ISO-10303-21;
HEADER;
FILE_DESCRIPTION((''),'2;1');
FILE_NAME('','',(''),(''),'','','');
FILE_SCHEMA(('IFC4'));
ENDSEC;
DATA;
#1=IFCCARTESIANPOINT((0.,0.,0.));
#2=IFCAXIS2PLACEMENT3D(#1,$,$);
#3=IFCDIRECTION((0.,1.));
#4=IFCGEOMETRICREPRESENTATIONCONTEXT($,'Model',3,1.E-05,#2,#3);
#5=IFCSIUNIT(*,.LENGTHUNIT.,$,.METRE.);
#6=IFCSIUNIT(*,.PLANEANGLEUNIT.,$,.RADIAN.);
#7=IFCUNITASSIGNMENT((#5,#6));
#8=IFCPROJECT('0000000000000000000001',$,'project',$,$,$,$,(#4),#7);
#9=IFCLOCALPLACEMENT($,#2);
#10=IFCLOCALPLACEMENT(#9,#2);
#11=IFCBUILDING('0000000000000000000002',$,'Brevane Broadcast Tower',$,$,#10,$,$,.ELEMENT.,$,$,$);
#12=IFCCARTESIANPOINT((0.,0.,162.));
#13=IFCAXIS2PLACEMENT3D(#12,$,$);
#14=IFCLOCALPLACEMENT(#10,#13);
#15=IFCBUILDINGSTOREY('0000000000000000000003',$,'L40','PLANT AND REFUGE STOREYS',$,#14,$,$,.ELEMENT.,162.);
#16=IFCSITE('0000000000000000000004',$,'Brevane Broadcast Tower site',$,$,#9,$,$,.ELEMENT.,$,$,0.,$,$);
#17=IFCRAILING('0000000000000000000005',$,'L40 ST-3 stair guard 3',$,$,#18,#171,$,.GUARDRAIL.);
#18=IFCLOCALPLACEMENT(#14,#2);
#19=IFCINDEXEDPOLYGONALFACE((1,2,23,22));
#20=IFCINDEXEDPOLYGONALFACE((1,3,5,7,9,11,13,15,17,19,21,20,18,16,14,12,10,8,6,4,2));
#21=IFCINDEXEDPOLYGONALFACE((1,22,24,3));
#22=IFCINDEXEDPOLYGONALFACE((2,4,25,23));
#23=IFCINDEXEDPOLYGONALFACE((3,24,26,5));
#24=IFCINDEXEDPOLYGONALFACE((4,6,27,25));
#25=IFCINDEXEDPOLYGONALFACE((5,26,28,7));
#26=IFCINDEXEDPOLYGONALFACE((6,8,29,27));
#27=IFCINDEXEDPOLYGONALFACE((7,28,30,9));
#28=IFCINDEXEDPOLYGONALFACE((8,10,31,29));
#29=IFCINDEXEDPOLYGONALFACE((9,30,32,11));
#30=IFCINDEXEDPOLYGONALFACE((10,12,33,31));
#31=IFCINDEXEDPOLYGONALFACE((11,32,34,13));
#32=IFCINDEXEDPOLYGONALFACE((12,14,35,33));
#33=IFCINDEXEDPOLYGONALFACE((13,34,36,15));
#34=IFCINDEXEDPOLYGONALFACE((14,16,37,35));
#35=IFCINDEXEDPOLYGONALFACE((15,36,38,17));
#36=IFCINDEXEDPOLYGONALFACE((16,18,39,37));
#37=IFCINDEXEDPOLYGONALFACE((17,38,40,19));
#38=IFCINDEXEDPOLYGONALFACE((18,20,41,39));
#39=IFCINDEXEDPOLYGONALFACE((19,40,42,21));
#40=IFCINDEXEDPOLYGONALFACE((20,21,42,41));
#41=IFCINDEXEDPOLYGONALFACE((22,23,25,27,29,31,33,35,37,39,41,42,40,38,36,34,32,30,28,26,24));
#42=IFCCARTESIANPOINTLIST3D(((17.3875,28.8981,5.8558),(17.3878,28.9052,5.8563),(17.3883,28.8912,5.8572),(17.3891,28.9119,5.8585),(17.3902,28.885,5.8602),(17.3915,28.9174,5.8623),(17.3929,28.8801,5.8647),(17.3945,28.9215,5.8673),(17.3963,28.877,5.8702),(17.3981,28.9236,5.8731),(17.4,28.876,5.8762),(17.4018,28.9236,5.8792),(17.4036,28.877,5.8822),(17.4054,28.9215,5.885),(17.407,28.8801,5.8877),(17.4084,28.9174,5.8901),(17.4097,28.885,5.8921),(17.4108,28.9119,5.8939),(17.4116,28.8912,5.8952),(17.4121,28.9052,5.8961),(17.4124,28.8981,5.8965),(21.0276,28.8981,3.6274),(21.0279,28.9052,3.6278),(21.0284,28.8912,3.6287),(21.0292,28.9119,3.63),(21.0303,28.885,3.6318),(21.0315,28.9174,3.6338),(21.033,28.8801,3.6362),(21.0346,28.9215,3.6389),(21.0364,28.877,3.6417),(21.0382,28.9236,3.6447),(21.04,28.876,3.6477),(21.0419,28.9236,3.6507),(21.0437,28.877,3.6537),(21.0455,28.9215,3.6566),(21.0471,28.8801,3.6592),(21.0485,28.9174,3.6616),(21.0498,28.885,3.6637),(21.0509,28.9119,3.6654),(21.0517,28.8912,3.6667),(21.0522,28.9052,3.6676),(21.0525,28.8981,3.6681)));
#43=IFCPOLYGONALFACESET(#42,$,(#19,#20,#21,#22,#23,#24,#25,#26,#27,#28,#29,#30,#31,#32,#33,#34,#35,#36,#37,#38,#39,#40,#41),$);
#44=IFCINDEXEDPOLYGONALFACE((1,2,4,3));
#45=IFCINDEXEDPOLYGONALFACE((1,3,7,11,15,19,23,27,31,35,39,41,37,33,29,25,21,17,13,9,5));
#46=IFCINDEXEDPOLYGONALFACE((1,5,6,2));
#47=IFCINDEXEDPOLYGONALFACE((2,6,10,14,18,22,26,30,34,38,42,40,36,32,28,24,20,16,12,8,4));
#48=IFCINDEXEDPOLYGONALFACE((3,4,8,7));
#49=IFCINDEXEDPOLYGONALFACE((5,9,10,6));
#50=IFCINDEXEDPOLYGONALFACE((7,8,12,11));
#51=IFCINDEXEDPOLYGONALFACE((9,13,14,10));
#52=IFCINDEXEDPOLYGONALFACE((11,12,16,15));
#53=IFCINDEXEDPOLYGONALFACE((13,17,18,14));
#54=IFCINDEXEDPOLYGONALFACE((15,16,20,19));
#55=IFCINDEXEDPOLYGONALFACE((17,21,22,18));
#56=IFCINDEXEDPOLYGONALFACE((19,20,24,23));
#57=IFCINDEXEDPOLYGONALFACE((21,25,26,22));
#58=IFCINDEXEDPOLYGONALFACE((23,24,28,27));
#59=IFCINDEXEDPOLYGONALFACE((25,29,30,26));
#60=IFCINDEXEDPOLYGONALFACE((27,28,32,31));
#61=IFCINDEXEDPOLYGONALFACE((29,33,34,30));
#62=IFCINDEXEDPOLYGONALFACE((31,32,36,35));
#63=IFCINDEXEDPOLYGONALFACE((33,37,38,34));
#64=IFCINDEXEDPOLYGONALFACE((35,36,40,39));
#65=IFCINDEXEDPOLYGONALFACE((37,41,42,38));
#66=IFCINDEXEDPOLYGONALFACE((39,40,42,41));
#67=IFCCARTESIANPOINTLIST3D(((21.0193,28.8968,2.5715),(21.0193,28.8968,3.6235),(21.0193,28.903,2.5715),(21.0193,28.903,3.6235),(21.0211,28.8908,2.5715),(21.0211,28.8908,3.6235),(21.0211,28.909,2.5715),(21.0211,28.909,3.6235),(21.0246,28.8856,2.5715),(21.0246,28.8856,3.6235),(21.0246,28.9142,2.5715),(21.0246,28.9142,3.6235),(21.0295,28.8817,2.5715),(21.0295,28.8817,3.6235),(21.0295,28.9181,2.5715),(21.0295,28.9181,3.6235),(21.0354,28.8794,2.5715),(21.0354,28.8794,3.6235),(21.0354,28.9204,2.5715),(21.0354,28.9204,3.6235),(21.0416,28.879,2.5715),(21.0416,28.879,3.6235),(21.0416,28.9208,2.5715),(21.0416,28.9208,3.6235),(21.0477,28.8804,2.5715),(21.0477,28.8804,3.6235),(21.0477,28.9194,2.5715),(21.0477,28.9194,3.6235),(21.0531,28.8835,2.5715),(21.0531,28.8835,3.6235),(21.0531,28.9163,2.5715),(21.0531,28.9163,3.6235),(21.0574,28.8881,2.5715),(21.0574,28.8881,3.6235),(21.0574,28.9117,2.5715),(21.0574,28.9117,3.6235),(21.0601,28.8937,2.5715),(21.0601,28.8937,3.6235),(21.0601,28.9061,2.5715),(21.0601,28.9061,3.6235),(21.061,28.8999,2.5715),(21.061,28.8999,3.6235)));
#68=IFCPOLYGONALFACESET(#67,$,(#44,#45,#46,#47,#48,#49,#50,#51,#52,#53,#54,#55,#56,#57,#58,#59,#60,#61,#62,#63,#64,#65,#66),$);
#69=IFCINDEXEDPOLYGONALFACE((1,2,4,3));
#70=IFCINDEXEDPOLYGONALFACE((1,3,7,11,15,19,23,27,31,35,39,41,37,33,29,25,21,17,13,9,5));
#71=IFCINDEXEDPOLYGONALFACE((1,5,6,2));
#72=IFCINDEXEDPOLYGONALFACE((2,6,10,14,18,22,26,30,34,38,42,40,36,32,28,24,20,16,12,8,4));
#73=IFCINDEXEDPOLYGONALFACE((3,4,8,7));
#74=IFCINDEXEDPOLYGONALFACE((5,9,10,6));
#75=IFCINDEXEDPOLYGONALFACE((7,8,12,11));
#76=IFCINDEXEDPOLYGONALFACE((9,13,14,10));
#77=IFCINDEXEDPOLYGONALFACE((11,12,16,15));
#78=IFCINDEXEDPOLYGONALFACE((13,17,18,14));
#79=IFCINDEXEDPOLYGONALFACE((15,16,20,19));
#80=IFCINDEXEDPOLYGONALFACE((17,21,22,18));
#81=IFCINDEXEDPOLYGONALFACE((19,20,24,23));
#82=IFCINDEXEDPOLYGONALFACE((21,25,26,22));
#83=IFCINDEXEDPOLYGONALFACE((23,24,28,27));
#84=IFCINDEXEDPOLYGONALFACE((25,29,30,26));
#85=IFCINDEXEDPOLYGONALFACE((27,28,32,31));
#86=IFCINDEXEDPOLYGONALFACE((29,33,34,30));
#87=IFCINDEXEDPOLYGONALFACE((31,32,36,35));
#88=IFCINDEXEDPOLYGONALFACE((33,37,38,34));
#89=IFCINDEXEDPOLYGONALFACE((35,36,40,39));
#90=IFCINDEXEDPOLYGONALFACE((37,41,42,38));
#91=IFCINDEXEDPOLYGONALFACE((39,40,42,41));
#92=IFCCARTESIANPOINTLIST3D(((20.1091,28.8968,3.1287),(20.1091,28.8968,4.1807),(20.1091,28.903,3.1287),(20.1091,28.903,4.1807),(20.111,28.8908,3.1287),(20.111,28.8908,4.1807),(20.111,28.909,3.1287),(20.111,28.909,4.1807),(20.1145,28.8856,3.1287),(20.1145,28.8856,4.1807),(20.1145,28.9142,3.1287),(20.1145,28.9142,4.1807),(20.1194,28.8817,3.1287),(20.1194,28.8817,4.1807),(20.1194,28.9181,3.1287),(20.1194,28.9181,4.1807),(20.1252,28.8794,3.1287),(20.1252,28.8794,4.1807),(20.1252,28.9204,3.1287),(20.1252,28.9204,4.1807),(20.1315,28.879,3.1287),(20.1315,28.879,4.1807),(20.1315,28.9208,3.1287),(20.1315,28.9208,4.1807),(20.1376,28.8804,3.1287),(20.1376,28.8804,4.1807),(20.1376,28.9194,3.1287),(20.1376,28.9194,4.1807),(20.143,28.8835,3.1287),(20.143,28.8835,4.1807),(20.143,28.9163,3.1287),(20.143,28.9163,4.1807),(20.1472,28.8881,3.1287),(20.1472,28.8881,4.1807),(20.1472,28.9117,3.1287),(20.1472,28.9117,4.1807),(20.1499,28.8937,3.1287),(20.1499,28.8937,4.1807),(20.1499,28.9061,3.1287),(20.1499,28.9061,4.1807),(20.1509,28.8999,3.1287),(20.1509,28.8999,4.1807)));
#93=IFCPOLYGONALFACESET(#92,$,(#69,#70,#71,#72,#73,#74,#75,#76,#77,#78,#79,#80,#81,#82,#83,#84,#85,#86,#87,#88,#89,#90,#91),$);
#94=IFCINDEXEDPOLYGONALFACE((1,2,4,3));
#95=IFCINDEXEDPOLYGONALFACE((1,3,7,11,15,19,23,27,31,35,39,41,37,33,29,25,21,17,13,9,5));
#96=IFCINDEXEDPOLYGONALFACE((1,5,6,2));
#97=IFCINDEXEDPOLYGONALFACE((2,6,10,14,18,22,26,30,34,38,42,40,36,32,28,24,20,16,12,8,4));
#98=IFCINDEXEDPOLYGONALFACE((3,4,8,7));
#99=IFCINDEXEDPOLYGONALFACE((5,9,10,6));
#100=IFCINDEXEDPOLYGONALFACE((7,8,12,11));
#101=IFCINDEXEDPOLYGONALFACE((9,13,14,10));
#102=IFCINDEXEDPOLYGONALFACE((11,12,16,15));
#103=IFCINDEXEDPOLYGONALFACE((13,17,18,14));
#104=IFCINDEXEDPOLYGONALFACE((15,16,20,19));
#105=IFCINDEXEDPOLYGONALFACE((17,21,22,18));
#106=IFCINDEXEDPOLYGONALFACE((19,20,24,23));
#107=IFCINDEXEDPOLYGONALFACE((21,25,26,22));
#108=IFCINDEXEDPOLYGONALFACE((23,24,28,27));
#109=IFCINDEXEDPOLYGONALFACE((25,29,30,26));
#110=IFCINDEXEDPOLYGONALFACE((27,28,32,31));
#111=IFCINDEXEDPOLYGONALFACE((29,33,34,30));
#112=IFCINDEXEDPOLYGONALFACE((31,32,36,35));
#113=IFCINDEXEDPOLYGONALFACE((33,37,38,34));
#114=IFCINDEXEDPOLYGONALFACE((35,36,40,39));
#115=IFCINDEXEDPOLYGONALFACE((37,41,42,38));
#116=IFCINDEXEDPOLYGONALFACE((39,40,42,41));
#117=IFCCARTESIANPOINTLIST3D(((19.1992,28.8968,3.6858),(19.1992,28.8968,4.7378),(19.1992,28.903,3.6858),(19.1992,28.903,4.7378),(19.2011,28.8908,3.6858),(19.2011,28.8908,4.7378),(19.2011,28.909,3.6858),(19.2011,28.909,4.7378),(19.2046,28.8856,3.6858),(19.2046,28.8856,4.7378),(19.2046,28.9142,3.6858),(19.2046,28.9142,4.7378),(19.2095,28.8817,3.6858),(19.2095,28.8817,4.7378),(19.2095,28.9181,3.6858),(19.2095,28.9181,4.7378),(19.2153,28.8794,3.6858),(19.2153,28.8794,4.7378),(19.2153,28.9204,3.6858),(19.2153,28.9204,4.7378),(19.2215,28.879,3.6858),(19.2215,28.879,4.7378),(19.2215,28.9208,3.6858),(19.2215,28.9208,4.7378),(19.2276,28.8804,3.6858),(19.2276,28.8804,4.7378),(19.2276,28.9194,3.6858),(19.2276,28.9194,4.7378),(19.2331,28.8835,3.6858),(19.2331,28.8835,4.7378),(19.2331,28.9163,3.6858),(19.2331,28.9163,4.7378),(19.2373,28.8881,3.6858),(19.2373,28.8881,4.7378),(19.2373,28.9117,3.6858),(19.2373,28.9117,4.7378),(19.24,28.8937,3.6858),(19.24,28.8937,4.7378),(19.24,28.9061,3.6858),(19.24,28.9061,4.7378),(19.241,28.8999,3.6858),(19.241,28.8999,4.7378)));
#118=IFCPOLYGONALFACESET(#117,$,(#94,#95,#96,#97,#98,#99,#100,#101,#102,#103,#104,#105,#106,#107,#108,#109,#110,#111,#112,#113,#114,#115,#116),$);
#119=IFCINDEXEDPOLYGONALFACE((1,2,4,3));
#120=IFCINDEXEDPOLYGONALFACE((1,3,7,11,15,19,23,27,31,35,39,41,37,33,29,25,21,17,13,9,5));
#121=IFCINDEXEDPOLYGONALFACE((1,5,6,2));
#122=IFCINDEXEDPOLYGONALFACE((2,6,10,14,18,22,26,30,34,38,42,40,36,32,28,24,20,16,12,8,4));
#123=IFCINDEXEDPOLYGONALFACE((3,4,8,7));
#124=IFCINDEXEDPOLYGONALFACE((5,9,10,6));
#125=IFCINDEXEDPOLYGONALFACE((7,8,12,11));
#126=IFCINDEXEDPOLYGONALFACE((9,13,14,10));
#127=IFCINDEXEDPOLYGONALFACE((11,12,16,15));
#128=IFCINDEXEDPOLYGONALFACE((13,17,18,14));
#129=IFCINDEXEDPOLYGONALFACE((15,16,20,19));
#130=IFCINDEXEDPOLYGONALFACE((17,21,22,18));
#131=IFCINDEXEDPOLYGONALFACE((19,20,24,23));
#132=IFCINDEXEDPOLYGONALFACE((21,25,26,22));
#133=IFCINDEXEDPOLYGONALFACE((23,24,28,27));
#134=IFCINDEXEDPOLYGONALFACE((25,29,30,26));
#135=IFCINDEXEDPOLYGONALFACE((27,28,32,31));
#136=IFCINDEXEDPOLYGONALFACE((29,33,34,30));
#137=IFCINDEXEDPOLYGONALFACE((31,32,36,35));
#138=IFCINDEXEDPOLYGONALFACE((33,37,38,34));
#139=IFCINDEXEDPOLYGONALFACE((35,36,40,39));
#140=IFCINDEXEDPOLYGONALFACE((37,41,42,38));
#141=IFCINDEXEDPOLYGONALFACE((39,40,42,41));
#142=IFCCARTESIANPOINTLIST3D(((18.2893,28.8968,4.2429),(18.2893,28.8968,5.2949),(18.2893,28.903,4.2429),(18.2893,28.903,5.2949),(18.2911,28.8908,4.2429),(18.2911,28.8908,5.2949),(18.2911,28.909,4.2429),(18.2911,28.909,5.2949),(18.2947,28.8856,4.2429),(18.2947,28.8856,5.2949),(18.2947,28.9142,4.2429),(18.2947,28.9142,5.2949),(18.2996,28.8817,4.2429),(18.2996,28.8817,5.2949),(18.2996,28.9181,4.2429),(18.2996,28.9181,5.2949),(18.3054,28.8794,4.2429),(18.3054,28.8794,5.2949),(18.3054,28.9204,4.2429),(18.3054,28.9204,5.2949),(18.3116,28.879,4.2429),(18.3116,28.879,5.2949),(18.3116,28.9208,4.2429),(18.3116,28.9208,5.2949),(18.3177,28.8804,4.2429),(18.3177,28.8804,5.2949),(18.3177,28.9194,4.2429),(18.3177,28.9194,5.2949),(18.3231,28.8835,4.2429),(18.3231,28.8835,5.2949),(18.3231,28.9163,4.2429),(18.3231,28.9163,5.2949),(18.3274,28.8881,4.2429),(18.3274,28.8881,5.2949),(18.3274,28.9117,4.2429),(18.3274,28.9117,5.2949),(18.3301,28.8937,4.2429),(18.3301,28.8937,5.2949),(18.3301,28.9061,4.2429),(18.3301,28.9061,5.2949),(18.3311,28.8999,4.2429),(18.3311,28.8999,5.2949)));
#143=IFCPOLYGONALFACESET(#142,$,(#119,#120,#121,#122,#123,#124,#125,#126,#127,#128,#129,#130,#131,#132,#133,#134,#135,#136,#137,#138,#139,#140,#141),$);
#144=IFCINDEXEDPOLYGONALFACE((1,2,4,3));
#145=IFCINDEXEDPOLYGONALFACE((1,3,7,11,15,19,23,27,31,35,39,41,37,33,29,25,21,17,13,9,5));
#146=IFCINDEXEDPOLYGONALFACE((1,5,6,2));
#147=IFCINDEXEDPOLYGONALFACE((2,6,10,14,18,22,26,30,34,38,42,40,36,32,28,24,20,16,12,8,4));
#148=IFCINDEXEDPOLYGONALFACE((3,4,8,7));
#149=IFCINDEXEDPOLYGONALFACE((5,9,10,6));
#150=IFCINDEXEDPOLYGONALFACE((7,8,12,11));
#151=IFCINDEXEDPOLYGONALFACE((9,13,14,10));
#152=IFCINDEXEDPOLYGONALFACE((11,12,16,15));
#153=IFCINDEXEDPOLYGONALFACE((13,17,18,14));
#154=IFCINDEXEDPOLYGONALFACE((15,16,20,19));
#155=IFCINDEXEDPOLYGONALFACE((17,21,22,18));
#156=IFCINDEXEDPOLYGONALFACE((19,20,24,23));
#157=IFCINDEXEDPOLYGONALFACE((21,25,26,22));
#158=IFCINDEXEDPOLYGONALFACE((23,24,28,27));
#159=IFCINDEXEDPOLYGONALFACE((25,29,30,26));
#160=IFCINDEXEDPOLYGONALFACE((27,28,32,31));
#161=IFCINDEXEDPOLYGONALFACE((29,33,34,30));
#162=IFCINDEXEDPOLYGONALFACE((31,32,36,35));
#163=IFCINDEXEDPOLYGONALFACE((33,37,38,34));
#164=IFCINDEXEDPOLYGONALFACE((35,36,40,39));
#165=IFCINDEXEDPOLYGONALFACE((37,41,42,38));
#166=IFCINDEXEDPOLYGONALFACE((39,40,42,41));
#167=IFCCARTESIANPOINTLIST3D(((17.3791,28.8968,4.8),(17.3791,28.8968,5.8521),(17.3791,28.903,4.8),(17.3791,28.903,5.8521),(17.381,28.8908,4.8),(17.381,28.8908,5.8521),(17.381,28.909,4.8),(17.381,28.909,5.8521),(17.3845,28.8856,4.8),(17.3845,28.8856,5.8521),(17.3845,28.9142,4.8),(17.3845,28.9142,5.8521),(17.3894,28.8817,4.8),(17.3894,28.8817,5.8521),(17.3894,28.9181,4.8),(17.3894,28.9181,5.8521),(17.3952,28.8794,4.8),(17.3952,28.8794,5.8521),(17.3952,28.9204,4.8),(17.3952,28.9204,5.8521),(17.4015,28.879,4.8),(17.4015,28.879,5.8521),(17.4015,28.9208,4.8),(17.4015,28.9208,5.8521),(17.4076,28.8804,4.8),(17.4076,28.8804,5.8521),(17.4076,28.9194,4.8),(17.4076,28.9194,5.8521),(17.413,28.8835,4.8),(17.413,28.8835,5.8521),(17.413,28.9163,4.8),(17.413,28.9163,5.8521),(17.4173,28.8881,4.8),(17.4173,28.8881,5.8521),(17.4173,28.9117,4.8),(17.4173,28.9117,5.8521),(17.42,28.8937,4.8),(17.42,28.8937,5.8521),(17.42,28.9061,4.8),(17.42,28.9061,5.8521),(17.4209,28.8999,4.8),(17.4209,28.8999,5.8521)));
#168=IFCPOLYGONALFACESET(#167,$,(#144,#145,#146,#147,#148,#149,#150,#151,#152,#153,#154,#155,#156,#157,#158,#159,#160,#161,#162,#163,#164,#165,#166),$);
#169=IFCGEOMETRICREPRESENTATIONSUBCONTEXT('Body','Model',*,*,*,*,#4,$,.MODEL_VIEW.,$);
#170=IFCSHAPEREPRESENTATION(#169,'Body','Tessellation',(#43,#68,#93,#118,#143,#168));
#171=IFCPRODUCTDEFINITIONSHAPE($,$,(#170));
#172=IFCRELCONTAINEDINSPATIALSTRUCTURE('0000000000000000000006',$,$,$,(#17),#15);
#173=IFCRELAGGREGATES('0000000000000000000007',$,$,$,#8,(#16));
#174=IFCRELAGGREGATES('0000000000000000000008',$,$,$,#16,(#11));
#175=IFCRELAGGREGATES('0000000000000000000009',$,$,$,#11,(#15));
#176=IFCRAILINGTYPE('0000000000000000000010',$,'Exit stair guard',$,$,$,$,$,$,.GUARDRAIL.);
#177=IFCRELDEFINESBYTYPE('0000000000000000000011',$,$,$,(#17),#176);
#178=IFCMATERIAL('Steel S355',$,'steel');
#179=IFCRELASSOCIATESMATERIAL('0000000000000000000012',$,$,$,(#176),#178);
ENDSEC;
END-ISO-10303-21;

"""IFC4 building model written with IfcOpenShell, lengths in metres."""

from ifc_helpers import new_model, si_unit, direction, frame, origin, origin_2d, place, context, subcontext, project, spatial, circle, extrude, material, type_object, element, save


model = new_model("IFC4")

# Units and contexts
model_context = context("Model", 3, precision=1e-05, world=origin(), true_north=direction((0.0, 1.0)))
body_context = subcontext(model_context, "Body", "Model", "MODEL_VIEW")
ifc_project = project(units=[si_unit("LENGTHUNIT", "METRE"), si_unit("PLANEANGLEUNIT", "RADIAN")], contexts=[model_context])

# Site, building, storey
site_placement = place(None, origin())
site = spatial("IfcSite", under=ifc_project, at=site_placement, Name="Brevane Broadcast Tower site", CompositionType="ELEMENT", RefElevation=0.0)
building_placement = place(site_placement, origin())
building = spatial("IfcBuilding", under=site, at=building_placement, Name="Brevane Broadcast Tower", CompositionType="ELEMENT")
storey_placement = place(building_placement, frame((0.0, 0.0, 162.0)))
storey = spatial("IfcBuildingStorey", under=building, at=storey_placement, Name="L40", Description="PLANT AND REFUGE STOREYS", CompositionType="ELEMENT", Elevation=162.0)

# Railing
ifc_material_1 = material(Name="Steel S355", Category="steel")
railing_type_1 = type_object("IfcRailingType", Name="Exit stair guard", PredefinedType="GUARDRAIL", material=ifc_material_1)
railing_1_placement = place(storey_placement, frame((21.04, 28.8999, 2.5715)))
element("IfcRailing", 1, at=railing_1_placement, inside=storey, type_object=railing_type_1, Name="L40 ST-3 stair guard 3", PredefinedType="GUARDRAIL", context=body_context, shape_type="SweptSolid", body=[
    extrude(circle(Radius=0.0239, at=origin_2d()), frame((0.0, 0.0, 1.0762), z_axis=(-0.852866, 0.0, 0.52213), x_axis=(0.0, -1.0, 0.0)), (0.0, 0.0, 1.0), 4.2681),
    extrude(circle(Radius=0.021, at=origin_2d()), origin(), (0.0, 0.0, 1.0), 1.052),
    extrude(circle(Radius=0.021, at=origin_2d()), frame((-0.9102, 0.0, 0.5571)), (0.0, 0.0, 1.0), 1.052),
    extrude(circle(Radius=0.021, at=origin_2d()), frame((-1.8201, 0.0, 1.1143)), (0.0, 0.0, 1.0), 1.052),
    extrude(circle(Radius=0.021, at=origin_2d()), frame((-2.73, 0.0, 1.6714)), (0.0, 0.0, 1.0), 1.052),
    extrude(circle(Radius=0.021, at=origin_2d()), frame((-3.6401, 0.0, 2.2285)), (0.0, 0.0, 1.0), 1.052),
])

save(model, "model.ifc")
